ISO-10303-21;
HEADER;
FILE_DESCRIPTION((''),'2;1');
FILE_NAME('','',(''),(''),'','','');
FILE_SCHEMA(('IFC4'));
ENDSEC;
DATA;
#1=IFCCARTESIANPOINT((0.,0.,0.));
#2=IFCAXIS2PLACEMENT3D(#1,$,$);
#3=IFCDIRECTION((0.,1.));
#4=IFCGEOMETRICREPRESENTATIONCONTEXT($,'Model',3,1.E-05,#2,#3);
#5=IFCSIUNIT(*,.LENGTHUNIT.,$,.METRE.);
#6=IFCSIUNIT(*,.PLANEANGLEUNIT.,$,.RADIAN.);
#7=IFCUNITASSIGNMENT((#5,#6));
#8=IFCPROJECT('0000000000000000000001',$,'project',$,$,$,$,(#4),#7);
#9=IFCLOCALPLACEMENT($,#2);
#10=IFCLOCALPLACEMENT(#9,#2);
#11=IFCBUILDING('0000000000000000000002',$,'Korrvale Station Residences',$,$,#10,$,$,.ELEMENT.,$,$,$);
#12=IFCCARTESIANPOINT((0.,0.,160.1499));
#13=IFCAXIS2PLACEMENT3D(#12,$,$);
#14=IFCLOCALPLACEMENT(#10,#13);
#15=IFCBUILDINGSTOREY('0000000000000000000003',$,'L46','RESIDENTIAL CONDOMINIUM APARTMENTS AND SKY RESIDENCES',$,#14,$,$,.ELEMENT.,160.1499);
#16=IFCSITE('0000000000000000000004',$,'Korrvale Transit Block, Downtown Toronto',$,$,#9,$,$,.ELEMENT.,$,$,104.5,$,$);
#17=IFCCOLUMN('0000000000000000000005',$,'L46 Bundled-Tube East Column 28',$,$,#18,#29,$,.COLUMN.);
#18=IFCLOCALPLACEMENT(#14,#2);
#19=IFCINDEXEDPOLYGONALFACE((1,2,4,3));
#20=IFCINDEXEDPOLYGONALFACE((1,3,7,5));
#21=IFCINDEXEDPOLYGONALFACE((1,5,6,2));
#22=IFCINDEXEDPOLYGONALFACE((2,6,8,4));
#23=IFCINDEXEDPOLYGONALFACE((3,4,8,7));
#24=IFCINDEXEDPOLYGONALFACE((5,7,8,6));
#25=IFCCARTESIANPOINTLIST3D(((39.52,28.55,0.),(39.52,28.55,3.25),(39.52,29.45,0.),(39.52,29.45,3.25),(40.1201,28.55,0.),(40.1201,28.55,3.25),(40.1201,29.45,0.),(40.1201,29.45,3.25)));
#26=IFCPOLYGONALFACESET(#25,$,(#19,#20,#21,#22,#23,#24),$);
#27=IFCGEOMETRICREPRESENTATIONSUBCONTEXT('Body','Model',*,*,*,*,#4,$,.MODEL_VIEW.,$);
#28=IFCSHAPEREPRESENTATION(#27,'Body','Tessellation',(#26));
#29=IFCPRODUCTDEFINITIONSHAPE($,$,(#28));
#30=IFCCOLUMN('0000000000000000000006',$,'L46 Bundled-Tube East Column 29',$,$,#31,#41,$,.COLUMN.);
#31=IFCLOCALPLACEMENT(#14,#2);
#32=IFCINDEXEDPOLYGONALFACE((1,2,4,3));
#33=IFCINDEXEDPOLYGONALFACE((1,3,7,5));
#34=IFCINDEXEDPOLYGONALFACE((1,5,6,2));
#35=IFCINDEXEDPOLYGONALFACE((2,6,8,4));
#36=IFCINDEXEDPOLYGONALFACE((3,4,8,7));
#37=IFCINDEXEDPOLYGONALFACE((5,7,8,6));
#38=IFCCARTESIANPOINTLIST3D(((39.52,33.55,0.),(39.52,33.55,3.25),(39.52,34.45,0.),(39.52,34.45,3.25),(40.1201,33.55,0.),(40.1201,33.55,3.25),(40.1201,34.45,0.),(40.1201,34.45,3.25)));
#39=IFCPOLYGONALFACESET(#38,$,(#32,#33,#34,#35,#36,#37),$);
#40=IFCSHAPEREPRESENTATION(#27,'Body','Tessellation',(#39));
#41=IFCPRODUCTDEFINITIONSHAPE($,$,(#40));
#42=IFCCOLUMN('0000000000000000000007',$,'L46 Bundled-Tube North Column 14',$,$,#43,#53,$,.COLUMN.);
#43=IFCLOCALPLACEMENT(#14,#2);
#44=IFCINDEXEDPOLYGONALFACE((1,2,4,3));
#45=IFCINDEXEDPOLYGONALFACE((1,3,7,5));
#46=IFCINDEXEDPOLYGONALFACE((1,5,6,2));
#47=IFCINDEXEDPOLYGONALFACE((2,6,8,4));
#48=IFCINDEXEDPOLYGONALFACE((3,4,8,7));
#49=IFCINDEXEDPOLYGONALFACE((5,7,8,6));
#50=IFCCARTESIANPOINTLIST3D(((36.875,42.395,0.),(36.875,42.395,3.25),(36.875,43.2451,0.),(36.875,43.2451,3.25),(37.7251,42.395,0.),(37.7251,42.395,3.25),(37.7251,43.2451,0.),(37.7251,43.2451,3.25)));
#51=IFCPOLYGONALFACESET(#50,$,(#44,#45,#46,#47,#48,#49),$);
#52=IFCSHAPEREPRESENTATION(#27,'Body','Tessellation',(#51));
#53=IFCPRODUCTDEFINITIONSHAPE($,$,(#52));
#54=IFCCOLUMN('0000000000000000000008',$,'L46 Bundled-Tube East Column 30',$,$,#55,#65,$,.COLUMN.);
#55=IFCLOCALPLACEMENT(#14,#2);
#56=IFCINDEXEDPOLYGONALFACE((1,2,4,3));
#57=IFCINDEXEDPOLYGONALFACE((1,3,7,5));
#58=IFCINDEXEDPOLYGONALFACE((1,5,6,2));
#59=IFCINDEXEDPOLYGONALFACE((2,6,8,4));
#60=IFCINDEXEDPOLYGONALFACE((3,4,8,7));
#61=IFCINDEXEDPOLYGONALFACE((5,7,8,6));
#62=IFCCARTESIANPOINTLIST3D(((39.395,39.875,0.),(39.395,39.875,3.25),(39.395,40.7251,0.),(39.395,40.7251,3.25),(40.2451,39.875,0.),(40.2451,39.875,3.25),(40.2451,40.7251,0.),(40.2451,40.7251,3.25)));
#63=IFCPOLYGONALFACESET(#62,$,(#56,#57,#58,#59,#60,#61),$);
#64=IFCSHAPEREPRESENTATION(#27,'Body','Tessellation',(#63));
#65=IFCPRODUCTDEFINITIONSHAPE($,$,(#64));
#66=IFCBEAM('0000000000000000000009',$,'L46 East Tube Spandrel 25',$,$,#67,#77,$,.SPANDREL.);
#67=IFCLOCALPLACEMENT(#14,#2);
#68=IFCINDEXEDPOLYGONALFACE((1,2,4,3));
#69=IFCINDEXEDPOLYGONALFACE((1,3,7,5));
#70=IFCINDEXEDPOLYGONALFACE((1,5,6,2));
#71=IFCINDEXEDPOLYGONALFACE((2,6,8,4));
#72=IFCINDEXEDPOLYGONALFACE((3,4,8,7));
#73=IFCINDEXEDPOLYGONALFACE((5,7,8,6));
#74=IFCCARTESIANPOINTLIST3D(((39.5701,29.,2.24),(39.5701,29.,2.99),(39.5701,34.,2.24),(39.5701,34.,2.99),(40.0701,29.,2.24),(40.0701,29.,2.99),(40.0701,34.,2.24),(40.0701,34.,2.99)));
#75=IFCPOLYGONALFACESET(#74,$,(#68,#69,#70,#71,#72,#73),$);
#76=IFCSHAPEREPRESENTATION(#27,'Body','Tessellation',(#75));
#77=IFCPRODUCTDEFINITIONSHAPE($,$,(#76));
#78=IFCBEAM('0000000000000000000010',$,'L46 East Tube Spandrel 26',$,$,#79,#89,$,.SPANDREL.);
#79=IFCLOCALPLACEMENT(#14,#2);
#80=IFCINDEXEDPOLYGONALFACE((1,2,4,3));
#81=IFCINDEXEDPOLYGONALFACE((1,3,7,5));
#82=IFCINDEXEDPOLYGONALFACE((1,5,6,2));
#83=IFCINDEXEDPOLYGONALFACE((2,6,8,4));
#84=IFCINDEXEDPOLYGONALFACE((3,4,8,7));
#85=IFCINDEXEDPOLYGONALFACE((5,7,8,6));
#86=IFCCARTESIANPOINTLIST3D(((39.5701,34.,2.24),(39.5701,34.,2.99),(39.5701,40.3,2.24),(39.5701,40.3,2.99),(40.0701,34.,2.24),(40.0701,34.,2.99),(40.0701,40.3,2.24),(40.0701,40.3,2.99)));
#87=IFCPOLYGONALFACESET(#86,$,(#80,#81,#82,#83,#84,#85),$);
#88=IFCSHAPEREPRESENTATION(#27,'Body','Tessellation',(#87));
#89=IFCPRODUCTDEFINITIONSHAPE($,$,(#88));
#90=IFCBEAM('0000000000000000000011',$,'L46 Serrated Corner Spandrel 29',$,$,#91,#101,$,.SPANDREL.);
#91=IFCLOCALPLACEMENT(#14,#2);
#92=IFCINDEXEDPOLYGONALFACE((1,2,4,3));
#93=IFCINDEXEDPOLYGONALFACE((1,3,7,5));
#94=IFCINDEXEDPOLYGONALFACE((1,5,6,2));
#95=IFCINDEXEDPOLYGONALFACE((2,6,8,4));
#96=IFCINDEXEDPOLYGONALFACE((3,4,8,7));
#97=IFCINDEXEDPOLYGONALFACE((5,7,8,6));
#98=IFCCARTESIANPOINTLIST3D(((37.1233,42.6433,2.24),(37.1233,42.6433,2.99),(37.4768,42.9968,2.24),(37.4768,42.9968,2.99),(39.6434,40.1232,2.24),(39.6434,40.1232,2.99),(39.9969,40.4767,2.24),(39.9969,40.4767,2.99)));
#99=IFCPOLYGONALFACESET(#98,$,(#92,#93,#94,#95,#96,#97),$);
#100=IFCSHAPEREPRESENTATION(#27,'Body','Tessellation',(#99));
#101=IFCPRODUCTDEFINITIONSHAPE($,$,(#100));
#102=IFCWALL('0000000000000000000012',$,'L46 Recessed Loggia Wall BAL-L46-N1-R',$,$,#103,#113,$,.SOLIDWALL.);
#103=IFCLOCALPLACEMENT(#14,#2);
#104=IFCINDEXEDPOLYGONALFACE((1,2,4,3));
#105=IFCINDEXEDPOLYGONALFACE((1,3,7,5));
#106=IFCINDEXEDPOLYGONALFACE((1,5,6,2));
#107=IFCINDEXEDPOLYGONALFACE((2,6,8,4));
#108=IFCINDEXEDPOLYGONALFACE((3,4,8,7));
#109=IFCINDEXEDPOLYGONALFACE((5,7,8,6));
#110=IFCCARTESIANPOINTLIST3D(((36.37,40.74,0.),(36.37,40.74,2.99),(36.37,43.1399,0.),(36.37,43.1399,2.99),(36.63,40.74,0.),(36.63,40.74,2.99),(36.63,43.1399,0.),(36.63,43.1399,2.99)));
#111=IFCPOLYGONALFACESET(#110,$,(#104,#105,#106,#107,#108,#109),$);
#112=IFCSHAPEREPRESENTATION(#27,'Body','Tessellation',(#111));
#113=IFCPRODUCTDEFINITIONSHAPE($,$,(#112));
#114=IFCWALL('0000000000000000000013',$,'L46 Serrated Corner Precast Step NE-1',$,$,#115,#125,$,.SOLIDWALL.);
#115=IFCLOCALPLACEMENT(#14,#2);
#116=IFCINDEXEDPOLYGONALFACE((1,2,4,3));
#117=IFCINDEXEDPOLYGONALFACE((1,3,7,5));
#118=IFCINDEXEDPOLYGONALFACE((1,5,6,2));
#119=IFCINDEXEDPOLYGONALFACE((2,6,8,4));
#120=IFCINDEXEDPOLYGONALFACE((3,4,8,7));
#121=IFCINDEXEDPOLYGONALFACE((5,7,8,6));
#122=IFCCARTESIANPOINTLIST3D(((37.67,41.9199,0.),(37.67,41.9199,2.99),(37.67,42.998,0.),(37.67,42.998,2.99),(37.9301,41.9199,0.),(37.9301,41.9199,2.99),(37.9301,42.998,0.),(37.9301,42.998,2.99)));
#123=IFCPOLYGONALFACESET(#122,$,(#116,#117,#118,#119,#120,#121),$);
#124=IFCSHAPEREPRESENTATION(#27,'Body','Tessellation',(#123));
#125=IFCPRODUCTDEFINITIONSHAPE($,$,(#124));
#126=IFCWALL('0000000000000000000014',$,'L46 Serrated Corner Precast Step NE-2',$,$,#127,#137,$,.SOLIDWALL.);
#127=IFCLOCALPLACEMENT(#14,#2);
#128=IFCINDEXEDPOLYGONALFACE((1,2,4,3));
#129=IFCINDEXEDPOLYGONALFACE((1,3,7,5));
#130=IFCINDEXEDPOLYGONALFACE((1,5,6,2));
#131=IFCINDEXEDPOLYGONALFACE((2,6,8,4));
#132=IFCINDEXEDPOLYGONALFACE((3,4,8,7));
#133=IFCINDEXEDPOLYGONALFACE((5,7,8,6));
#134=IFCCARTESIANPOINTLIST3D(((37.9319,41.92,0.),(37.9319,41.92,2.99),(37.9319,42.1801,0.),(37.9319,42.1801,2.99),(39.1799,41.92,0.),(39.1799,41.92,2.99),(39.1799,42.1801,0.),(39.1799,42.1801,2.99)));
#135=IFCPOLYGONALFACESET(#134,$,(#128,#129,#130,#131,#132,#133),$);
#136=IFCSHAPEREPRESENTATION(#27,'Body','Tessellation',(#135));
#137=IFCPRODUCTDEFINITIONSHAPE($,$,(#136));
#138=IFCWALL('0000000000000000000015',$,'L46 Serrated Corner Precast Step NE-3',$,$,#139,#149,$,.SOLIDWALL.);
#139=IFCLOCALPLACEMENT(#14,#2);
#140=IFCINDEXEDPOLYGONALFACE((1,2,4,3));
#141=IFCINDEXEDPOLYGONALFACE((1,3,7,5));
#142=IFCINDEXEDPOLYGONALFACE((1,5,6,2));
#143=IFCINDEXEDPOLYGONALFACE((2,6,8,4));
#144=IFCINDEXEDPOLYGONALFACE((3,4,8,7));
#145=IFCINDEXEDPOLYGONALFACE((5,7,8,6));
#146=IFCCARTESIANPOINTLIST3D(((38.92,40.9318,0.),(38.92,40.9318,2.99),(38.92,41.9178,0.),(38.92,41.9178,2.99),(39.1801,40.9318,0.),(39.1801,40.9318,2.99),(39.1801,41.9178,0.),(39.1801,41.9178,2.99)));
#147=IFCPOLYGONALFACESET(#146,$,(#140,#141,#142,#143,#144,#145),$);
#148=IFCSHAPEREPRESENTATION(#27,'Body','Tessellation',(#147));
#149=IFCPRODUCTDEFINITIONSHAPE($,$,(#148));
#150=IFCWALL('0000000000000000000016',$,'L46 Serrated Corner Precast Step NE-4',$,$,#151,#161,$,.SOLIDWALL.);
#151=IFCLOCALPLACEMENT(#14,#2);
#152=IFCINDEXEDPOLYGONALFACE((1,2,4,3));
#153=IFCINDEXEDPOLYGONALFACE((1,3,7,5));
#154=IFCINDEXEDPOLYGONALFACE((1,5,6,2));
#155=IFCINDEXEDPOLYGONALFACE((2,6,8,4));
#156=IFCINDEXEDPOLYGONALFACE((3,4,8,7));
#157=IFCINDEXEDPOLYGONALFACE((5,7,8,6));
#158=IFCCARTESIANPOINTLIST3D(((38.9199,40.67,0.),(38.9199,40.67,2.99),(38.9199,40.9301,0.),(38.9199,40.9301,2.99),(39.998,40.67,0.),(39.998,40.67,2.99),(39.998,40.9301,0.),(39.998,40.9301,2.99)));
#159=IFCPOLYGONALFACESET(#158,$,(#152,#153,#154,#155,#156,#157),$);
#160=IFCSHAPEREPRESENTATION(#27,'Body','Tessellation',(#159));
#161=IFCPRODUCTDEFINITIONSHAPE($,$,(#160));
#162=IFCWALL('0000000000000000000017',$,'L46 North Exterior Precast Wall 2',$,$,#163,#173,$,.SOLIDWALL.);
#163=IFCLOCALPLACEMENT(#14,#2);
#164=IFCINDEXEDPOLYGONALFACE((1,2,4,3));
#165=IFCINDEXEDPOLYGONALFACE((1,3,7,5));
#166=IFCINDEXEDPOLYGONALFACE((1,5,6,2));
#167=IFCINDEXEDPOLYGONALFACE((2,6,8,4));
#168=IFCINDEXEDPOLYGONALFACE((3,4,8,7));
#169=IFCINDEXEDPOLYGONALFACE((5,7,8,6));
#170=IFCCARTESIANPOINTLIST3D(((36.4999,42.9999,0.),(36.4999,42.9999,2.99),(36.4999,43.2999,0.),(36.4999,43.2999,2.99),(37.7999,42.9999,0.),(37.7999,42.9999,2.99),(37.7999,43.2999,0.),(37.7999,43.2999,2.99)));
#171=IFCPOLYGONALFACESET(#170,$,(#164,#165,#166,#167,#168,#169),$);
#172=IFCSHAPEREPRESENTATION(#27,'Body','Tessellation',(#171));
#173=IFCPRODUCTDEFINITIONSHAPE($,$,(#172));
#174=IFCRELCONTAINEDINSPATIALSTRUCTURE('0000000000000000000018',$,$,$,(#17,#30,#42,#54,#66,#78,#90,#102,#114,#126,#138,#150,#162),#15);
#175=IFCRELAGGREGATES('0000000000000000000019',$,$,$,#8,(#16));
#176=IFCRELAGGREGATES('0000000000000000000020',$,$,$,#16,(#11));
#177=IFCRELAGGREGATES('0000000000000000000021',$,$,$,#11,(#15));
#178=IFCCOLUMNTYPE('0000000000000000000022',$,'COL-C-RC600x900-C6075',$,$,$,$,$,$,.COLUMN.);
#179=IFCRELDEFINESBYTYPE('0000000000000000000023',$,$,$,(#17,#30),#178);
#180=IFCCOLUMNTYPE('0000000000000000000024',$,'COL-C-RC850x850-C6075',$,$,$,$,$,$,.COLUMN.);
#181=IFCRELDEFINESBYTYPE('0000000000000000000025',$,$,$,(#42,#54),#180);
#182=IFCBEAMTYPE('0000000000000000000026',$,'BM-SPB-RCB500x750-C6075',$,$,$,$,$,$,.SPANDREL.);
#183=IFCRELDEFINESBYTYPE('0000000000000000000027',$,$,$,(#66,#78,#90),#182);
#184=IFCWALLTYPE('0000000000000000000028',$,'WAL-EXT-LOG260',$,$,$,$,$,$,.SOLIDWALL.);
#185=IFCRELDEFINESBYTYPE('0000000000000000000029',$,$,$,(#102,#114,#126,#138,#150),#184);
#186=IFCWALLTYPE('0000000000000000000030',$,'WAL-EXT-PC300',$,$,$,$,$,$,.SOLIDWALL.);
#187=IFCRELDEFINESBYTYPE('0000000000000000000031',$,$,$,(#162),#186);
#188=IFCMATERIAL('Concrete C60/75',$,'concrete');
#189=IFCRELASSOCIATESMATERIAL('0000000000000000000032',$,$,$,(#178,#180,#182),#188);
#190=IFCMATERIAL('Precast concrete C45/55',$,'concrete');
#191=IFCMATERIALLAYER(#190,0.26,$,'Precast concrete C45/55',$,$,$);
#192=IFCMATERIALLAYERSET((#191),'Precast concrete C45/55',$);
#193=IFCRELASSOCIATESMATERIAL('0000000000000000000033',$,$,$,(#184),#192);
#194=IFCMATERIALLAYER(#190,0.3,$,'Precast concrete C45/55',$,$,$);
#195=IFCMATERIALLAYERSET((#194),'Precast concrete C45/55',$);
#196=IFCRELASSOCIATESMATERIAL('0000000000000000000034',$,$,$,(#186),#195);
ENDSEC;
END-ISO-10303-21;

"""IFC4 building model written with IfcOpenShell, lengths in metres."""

from ifc_helpers import new_model, si_unit, direction, frame, frame_2d, origin, origin_2d, place, context, subcontext, project, spatial, rectangle, extrude, material, layer, layer_set, material_profile, profile_set, type_object, element, save


model = new_model("IFC4")

# Units and contexts
model_context = context("Model", 3, precision=1e-05, world=origin(), true_north=direction((0.0, 1.0)))
body_context = subcontext(model_context, "Body", "Model", "MODEL_VIEW")
ifc_project = project(units=[si_unit("LENGTHUNIT", "METRE"), si_unit("PLANEANGLEUNIT", "RADIAN")], contexts=[model_context])

# Site, building, storey
site_placement = place(None, origin())
site = spatial("IfcSite", under=ifc_project, at=site_placement, Name="Korrvale Transit Block, Downtown Toronto", CompositionType="ELEMENT", RefElevation=104.5)
building_placement = place(site_placement, origin())
building = spatial("IfcBuilding", under=site, at=building_placement, Name="Korrvale Station Residences", CompositionType="ELEMENT")
storey_placement = place(building_placement, frame((0.0, 0.0, 160.1499)))
storey = spatial("IfcBuildingStorey", under=building, at=storey_placement, Name="L46", Description="RESIDENTIAL CONDOMINIUM APARTMENTS AND SKY RESIDENCES", CompositionType="ELEMENT", Elevation=160.1499)

# Columns
ifc_material_1 = material(Name="Concrete C60/75", Category="concrete")
ifc_material_profile_1 = material_profile(ifc_material_1, rectangle(XDim=0.6001, YDim=0.8999, at=origin_2d()), Name="RC600x900")
ifc_profile_set_1 = profile_set([ifc_material_profile_1], Name="Concrete C60/75")
column_type_1 = type_object("IfcColumnType", Name="COL-C-RC600x900-C6075", PredefinedType="COLUMN", material=ifc_profile_set_1)
for number, where, z_axis, x_axis, name in (
    (1, (39.8201, 29.0, 0.0), (0.0, 0.0, 1.0), (1.0, 0.0, 0.0), "L46 Bundled-Tube East Column 28"),
    (2, (39.8201, 34.0, 0.0), (0.0, 0.0, 1.0), (1.0, 0.0, 0.0), "L46 Bundled-Tube East Column 29"),
):
    element("IfcColumn", number, at=place(storey_placement, frame(where, z_axis=z_axis, x_axis=x_axis)), inside=storey, type_object=column_type_1, Name=name, PredefinedType="COLUMN", context=body_context, shape_type="SweptSolid", body=[
        extrude(rectangle(XDim=0.6001, YDim=0.8999, at=origin_2d()), origin(), (0.0, 0.0, 1.0), 3.25),
    ])
ifc_material_profile_2 = material_profile(ifc_material_1, rectangle(XDim=0.8501, YDim=0.8501, at=origin_2d()), Name="RC850x850")
ifc_profile_set_2 = profile_set([ifc_material_profile_2], Name="Concrete C60/75")
column_type_2 = type_object("IfcColumnType", Name="COL-C-RC850x850-C6075", PredefinedType="COLUMN", material=ifc_profile_set_2)
for number, where, z_axis, x_axis, name in (
    (3, (37.3, 42.8201, 0.0), (0.0, 0.0, 1.0), (1.0, 0.0, 0.0), "L46 Bundled-Tube North Column 14"),
    (4, (39.8201, 40.3, 0.0), (0.0, 0.0, 1.0), (1.0, 0.0, 0.0), "L46 Bundled-Tube East Column 30"),
):
    element("IfcColumn", number, at=place(storey_placement, frame(where, z_axis=z_axis, x_axis=x_axis)), inside=storey, type_object=column_type_2, Name=name, PredefinedType="COLUMN", context=body_context, shape_type="SweptSolid", body=[
        extrude(rectangle(XDim=0.8501, YDim=0.8501, at=origin_2d()), origin(), (0.0, 0.0, 1.0), 3.25),
    ])

# Beams
ifc_material_profile_3 = material_profile(ifc_material_1, rectangle(XDim=0.5, YDim=0.75, at=origin_2d()), Name="RCB500x750")
ifc_profile_set_3 = profile_set([ifc_material_profile_3], Name="Concrete C60/75")
beam_type = type_object("IfcBeamType", Name="BM-SPB-RCB500x750-C6075", PredefinedType="SPANDREL", material=ifc_profile_set_3)
beam_1_placement = place(storey_placement, frame((39.8201, 29.0, 2.615), z_axis=(0.0, 1.0, 0.0), x_axis=(-1.0, 0.0, 0.0)))
element("IfcBeam", 5, at=beam_1_placement, inside=storey, type_object=beam_type, Name="L46 East Tube Spandrel 25", PredefinedType="SPANDREL", context=body_context, shape_type="SweptSolid", body=[
    extrude(rectangle(XDim=0.5, YDim=0.75, at=origin_2d()), origin(), (0.0, 0.0, 1.0), 5.0),
])
beam_2_placement = place(storey_placement, frame((39.8201, 34.0, 2.615), z_axis=(0.0, 1.0, 0.0), x_axis=(-1.0, 0.0, 0.0)))
element("IfcBeam", 6, at=beam_2_placement, inside=storey, type_object=beam_type, Name="L46 East Tube Spandrel 26", PredefinedType="SPANDREL", context=body_context, shape_type="SweptSolid", body=[
    extrude(rectangle(XDim=0.5, YDim=0.75, at=origin_2d()), origin(), (0.0, 0.0, 1.0), 6.3),
])
beam_3_placement = place(storey_placement, frame((37.3, 42.8201, 2.615), z_axis=(0.707107, -0.707107, 0.0), x_axis=(0.707107, 0.707107, 0.0)))
element("IfcBeam", 7, at=beam_3_placement, inside=storey, type_object=beam_type, Name="L46 Serrated Corner Spandrel 29", PredefinedType="SPANDREL", context=body_context, shape_type="SweptSolid", body=[
    extrude(rectangle(XDim=0.5, YDim=0.75, at=origin_2d()), origin(), (0.0, 0.0, 1.0), 3.564),
])

# Walls
ifc_material_2 = material(Name="Precast concrete C45/55", Category="concrete")
ifc_layer_1 = layer(ifc_material_2, 0.26, Name="Precast concrete C45/55")
ifc_layer_set_1 = layer_set([ifc_layer_1], Name="Precast concrete C45/55")
wall_type_1 = type_object("IfcWallType", Name="WAL-EXT-LOG260", PredefinedType="SOLIDWALL", material=ifc_layer_set_1)
wall_1_placement = place(storey_placement, frame((36.5, 40.74, 0.0), z_axis=(0.0, 0.0, 1.0), x_axis=(0.0, 1.0, 0.0)))
element("IfcWall", 8, at=wall_1_placement, inside=storey, type_object=wall_type_1, Name="L46 Recessed Loggia Wall BAL-L46-N1-R", PredefinedType="SOLIDWALL", context=body_context, shape_type="SweptSolid", body=[
    extrude(rectangle(XDim=2.3999, YDim=0.26, at=frame_2d((1.2, 0.0))), origin(), (0.0, 0.0, 1.0), 2.99),
])
wall_2_placement = place(storey_placement, frame((37.8, 42.998, 0.0), z_axis=(0.0, 0.0, 1.0), x_axis=(0.0, -1.0, 0.0)))
element("IfcWall", 9, at=wall_2_placement, inside=storey, type_object=wall_type_1, Name="L46 Serrated Corner Precast Step NE-1", PredefinedType="SOLIDWALL", context=body_context, shape_type="SweptSolid", body=[
    extrude(rectangle(XDim=1.0781, YDim=0.26, at=frame_2d((0.5391, 0.0))), origin(), (0.0, 0.0, 1.0), 2.99),
])
wall_3_placement = place(storey_placement, frame((37.9319, 42.05, 0.0), z_axis=(0.0, 0.0, 1.0), x_axis=(1.0, 0.0, 0.0)))
element("IfcWall", 10, at=wall_3_placement, inside=storey, type_object=wall_type_1, Name="L46 Serrated Corner Precast Step NE-2", PredefinedType="SOLIDWALL", context=body_context, shape_type="SweptSolid", body=[
    extrude(rectangle(XDim=1.248, YDim=0.26, at=frame_2d((0.624, 0.0))), origin(), (0.0, 0.0, 1.0), 2.99),
])
wall_4_placement = place(storey_placement, frame((39.05, 41.918, 0.0), z_axis=(0.0, 0.0, 1.0), x_axis=(0.0, -1.0, 0.0)))
element("IfcWall", 11, at=wall_4_placement, inside=storey, type_object=wall_type_1, Name="L46 Serrated Corner Precast Step NE-3", PredefinedType="SOLIDWALL", context=body_context, shape_type="SweptSolid", body=[
    extrude(rectangle(XDim=0.9861, YDim=0.26, at=frame_2d((0.4932, 0.0))), origin(), (0.0, 0.0, 1.0), 2.99),
])
wall_5_placement = place(storey_placement, frame((38.9199, 40.8, 0.0), z_axis=(0.0, 0.0, 1.0), x_axis=(1.0, 0.0, 0.0)))
element("IfcWall", 12, at=wall_5_placement, inside=storey, type_object=wall_type_1, Name="L46 Serrated Corner Precast Step NE-4", PredefinedType="SOLIDWALL", context=body_context, shape_type="SweptSolid", body=[
    extrude(rectangle(XDim=1.0781, YDim=0.26, at=frame_2d((0.5391, 0.0))), origin(), (0.0, 0.0, 1.0), 2.99),
])
ifc_layer_2 = layer(ifc_material_2, 0.3, Name="Precast concrete C45/55")
ifc_layer_set_2 = layer_set([ifc_layer_2], Name="Precast concrete C45/55")
wall_type_2 = type_object("IfcWallType", Name="WAL-EXT-PC300", PredefinedType="SOLIDWALL", material=ifc_layer_set_2)
wall_6_placement = place(storey_placement, frame((36.5, 43.1499, 0.0), z_axis=(0.0, 0.0, 1.0), x_axis=(1.0, 0.0, 0.0)))
element("IfcWall", 13, at=wall_6_placement, inside=storey, type_object=wall_type_2, Name="L46 North Exterior Precast Wall 2", PredefinedType="SOLIDWALL", context=body_context, shape_type="SweptSolid", body=[
    extrude(rectangle(XDim=1.3, YDim=0.3, at=frame_2d((0.6499, 0.0))), origin(), (0.0, 0.0, 1.0), 2.99),
])

save(model, "model.ifc")
